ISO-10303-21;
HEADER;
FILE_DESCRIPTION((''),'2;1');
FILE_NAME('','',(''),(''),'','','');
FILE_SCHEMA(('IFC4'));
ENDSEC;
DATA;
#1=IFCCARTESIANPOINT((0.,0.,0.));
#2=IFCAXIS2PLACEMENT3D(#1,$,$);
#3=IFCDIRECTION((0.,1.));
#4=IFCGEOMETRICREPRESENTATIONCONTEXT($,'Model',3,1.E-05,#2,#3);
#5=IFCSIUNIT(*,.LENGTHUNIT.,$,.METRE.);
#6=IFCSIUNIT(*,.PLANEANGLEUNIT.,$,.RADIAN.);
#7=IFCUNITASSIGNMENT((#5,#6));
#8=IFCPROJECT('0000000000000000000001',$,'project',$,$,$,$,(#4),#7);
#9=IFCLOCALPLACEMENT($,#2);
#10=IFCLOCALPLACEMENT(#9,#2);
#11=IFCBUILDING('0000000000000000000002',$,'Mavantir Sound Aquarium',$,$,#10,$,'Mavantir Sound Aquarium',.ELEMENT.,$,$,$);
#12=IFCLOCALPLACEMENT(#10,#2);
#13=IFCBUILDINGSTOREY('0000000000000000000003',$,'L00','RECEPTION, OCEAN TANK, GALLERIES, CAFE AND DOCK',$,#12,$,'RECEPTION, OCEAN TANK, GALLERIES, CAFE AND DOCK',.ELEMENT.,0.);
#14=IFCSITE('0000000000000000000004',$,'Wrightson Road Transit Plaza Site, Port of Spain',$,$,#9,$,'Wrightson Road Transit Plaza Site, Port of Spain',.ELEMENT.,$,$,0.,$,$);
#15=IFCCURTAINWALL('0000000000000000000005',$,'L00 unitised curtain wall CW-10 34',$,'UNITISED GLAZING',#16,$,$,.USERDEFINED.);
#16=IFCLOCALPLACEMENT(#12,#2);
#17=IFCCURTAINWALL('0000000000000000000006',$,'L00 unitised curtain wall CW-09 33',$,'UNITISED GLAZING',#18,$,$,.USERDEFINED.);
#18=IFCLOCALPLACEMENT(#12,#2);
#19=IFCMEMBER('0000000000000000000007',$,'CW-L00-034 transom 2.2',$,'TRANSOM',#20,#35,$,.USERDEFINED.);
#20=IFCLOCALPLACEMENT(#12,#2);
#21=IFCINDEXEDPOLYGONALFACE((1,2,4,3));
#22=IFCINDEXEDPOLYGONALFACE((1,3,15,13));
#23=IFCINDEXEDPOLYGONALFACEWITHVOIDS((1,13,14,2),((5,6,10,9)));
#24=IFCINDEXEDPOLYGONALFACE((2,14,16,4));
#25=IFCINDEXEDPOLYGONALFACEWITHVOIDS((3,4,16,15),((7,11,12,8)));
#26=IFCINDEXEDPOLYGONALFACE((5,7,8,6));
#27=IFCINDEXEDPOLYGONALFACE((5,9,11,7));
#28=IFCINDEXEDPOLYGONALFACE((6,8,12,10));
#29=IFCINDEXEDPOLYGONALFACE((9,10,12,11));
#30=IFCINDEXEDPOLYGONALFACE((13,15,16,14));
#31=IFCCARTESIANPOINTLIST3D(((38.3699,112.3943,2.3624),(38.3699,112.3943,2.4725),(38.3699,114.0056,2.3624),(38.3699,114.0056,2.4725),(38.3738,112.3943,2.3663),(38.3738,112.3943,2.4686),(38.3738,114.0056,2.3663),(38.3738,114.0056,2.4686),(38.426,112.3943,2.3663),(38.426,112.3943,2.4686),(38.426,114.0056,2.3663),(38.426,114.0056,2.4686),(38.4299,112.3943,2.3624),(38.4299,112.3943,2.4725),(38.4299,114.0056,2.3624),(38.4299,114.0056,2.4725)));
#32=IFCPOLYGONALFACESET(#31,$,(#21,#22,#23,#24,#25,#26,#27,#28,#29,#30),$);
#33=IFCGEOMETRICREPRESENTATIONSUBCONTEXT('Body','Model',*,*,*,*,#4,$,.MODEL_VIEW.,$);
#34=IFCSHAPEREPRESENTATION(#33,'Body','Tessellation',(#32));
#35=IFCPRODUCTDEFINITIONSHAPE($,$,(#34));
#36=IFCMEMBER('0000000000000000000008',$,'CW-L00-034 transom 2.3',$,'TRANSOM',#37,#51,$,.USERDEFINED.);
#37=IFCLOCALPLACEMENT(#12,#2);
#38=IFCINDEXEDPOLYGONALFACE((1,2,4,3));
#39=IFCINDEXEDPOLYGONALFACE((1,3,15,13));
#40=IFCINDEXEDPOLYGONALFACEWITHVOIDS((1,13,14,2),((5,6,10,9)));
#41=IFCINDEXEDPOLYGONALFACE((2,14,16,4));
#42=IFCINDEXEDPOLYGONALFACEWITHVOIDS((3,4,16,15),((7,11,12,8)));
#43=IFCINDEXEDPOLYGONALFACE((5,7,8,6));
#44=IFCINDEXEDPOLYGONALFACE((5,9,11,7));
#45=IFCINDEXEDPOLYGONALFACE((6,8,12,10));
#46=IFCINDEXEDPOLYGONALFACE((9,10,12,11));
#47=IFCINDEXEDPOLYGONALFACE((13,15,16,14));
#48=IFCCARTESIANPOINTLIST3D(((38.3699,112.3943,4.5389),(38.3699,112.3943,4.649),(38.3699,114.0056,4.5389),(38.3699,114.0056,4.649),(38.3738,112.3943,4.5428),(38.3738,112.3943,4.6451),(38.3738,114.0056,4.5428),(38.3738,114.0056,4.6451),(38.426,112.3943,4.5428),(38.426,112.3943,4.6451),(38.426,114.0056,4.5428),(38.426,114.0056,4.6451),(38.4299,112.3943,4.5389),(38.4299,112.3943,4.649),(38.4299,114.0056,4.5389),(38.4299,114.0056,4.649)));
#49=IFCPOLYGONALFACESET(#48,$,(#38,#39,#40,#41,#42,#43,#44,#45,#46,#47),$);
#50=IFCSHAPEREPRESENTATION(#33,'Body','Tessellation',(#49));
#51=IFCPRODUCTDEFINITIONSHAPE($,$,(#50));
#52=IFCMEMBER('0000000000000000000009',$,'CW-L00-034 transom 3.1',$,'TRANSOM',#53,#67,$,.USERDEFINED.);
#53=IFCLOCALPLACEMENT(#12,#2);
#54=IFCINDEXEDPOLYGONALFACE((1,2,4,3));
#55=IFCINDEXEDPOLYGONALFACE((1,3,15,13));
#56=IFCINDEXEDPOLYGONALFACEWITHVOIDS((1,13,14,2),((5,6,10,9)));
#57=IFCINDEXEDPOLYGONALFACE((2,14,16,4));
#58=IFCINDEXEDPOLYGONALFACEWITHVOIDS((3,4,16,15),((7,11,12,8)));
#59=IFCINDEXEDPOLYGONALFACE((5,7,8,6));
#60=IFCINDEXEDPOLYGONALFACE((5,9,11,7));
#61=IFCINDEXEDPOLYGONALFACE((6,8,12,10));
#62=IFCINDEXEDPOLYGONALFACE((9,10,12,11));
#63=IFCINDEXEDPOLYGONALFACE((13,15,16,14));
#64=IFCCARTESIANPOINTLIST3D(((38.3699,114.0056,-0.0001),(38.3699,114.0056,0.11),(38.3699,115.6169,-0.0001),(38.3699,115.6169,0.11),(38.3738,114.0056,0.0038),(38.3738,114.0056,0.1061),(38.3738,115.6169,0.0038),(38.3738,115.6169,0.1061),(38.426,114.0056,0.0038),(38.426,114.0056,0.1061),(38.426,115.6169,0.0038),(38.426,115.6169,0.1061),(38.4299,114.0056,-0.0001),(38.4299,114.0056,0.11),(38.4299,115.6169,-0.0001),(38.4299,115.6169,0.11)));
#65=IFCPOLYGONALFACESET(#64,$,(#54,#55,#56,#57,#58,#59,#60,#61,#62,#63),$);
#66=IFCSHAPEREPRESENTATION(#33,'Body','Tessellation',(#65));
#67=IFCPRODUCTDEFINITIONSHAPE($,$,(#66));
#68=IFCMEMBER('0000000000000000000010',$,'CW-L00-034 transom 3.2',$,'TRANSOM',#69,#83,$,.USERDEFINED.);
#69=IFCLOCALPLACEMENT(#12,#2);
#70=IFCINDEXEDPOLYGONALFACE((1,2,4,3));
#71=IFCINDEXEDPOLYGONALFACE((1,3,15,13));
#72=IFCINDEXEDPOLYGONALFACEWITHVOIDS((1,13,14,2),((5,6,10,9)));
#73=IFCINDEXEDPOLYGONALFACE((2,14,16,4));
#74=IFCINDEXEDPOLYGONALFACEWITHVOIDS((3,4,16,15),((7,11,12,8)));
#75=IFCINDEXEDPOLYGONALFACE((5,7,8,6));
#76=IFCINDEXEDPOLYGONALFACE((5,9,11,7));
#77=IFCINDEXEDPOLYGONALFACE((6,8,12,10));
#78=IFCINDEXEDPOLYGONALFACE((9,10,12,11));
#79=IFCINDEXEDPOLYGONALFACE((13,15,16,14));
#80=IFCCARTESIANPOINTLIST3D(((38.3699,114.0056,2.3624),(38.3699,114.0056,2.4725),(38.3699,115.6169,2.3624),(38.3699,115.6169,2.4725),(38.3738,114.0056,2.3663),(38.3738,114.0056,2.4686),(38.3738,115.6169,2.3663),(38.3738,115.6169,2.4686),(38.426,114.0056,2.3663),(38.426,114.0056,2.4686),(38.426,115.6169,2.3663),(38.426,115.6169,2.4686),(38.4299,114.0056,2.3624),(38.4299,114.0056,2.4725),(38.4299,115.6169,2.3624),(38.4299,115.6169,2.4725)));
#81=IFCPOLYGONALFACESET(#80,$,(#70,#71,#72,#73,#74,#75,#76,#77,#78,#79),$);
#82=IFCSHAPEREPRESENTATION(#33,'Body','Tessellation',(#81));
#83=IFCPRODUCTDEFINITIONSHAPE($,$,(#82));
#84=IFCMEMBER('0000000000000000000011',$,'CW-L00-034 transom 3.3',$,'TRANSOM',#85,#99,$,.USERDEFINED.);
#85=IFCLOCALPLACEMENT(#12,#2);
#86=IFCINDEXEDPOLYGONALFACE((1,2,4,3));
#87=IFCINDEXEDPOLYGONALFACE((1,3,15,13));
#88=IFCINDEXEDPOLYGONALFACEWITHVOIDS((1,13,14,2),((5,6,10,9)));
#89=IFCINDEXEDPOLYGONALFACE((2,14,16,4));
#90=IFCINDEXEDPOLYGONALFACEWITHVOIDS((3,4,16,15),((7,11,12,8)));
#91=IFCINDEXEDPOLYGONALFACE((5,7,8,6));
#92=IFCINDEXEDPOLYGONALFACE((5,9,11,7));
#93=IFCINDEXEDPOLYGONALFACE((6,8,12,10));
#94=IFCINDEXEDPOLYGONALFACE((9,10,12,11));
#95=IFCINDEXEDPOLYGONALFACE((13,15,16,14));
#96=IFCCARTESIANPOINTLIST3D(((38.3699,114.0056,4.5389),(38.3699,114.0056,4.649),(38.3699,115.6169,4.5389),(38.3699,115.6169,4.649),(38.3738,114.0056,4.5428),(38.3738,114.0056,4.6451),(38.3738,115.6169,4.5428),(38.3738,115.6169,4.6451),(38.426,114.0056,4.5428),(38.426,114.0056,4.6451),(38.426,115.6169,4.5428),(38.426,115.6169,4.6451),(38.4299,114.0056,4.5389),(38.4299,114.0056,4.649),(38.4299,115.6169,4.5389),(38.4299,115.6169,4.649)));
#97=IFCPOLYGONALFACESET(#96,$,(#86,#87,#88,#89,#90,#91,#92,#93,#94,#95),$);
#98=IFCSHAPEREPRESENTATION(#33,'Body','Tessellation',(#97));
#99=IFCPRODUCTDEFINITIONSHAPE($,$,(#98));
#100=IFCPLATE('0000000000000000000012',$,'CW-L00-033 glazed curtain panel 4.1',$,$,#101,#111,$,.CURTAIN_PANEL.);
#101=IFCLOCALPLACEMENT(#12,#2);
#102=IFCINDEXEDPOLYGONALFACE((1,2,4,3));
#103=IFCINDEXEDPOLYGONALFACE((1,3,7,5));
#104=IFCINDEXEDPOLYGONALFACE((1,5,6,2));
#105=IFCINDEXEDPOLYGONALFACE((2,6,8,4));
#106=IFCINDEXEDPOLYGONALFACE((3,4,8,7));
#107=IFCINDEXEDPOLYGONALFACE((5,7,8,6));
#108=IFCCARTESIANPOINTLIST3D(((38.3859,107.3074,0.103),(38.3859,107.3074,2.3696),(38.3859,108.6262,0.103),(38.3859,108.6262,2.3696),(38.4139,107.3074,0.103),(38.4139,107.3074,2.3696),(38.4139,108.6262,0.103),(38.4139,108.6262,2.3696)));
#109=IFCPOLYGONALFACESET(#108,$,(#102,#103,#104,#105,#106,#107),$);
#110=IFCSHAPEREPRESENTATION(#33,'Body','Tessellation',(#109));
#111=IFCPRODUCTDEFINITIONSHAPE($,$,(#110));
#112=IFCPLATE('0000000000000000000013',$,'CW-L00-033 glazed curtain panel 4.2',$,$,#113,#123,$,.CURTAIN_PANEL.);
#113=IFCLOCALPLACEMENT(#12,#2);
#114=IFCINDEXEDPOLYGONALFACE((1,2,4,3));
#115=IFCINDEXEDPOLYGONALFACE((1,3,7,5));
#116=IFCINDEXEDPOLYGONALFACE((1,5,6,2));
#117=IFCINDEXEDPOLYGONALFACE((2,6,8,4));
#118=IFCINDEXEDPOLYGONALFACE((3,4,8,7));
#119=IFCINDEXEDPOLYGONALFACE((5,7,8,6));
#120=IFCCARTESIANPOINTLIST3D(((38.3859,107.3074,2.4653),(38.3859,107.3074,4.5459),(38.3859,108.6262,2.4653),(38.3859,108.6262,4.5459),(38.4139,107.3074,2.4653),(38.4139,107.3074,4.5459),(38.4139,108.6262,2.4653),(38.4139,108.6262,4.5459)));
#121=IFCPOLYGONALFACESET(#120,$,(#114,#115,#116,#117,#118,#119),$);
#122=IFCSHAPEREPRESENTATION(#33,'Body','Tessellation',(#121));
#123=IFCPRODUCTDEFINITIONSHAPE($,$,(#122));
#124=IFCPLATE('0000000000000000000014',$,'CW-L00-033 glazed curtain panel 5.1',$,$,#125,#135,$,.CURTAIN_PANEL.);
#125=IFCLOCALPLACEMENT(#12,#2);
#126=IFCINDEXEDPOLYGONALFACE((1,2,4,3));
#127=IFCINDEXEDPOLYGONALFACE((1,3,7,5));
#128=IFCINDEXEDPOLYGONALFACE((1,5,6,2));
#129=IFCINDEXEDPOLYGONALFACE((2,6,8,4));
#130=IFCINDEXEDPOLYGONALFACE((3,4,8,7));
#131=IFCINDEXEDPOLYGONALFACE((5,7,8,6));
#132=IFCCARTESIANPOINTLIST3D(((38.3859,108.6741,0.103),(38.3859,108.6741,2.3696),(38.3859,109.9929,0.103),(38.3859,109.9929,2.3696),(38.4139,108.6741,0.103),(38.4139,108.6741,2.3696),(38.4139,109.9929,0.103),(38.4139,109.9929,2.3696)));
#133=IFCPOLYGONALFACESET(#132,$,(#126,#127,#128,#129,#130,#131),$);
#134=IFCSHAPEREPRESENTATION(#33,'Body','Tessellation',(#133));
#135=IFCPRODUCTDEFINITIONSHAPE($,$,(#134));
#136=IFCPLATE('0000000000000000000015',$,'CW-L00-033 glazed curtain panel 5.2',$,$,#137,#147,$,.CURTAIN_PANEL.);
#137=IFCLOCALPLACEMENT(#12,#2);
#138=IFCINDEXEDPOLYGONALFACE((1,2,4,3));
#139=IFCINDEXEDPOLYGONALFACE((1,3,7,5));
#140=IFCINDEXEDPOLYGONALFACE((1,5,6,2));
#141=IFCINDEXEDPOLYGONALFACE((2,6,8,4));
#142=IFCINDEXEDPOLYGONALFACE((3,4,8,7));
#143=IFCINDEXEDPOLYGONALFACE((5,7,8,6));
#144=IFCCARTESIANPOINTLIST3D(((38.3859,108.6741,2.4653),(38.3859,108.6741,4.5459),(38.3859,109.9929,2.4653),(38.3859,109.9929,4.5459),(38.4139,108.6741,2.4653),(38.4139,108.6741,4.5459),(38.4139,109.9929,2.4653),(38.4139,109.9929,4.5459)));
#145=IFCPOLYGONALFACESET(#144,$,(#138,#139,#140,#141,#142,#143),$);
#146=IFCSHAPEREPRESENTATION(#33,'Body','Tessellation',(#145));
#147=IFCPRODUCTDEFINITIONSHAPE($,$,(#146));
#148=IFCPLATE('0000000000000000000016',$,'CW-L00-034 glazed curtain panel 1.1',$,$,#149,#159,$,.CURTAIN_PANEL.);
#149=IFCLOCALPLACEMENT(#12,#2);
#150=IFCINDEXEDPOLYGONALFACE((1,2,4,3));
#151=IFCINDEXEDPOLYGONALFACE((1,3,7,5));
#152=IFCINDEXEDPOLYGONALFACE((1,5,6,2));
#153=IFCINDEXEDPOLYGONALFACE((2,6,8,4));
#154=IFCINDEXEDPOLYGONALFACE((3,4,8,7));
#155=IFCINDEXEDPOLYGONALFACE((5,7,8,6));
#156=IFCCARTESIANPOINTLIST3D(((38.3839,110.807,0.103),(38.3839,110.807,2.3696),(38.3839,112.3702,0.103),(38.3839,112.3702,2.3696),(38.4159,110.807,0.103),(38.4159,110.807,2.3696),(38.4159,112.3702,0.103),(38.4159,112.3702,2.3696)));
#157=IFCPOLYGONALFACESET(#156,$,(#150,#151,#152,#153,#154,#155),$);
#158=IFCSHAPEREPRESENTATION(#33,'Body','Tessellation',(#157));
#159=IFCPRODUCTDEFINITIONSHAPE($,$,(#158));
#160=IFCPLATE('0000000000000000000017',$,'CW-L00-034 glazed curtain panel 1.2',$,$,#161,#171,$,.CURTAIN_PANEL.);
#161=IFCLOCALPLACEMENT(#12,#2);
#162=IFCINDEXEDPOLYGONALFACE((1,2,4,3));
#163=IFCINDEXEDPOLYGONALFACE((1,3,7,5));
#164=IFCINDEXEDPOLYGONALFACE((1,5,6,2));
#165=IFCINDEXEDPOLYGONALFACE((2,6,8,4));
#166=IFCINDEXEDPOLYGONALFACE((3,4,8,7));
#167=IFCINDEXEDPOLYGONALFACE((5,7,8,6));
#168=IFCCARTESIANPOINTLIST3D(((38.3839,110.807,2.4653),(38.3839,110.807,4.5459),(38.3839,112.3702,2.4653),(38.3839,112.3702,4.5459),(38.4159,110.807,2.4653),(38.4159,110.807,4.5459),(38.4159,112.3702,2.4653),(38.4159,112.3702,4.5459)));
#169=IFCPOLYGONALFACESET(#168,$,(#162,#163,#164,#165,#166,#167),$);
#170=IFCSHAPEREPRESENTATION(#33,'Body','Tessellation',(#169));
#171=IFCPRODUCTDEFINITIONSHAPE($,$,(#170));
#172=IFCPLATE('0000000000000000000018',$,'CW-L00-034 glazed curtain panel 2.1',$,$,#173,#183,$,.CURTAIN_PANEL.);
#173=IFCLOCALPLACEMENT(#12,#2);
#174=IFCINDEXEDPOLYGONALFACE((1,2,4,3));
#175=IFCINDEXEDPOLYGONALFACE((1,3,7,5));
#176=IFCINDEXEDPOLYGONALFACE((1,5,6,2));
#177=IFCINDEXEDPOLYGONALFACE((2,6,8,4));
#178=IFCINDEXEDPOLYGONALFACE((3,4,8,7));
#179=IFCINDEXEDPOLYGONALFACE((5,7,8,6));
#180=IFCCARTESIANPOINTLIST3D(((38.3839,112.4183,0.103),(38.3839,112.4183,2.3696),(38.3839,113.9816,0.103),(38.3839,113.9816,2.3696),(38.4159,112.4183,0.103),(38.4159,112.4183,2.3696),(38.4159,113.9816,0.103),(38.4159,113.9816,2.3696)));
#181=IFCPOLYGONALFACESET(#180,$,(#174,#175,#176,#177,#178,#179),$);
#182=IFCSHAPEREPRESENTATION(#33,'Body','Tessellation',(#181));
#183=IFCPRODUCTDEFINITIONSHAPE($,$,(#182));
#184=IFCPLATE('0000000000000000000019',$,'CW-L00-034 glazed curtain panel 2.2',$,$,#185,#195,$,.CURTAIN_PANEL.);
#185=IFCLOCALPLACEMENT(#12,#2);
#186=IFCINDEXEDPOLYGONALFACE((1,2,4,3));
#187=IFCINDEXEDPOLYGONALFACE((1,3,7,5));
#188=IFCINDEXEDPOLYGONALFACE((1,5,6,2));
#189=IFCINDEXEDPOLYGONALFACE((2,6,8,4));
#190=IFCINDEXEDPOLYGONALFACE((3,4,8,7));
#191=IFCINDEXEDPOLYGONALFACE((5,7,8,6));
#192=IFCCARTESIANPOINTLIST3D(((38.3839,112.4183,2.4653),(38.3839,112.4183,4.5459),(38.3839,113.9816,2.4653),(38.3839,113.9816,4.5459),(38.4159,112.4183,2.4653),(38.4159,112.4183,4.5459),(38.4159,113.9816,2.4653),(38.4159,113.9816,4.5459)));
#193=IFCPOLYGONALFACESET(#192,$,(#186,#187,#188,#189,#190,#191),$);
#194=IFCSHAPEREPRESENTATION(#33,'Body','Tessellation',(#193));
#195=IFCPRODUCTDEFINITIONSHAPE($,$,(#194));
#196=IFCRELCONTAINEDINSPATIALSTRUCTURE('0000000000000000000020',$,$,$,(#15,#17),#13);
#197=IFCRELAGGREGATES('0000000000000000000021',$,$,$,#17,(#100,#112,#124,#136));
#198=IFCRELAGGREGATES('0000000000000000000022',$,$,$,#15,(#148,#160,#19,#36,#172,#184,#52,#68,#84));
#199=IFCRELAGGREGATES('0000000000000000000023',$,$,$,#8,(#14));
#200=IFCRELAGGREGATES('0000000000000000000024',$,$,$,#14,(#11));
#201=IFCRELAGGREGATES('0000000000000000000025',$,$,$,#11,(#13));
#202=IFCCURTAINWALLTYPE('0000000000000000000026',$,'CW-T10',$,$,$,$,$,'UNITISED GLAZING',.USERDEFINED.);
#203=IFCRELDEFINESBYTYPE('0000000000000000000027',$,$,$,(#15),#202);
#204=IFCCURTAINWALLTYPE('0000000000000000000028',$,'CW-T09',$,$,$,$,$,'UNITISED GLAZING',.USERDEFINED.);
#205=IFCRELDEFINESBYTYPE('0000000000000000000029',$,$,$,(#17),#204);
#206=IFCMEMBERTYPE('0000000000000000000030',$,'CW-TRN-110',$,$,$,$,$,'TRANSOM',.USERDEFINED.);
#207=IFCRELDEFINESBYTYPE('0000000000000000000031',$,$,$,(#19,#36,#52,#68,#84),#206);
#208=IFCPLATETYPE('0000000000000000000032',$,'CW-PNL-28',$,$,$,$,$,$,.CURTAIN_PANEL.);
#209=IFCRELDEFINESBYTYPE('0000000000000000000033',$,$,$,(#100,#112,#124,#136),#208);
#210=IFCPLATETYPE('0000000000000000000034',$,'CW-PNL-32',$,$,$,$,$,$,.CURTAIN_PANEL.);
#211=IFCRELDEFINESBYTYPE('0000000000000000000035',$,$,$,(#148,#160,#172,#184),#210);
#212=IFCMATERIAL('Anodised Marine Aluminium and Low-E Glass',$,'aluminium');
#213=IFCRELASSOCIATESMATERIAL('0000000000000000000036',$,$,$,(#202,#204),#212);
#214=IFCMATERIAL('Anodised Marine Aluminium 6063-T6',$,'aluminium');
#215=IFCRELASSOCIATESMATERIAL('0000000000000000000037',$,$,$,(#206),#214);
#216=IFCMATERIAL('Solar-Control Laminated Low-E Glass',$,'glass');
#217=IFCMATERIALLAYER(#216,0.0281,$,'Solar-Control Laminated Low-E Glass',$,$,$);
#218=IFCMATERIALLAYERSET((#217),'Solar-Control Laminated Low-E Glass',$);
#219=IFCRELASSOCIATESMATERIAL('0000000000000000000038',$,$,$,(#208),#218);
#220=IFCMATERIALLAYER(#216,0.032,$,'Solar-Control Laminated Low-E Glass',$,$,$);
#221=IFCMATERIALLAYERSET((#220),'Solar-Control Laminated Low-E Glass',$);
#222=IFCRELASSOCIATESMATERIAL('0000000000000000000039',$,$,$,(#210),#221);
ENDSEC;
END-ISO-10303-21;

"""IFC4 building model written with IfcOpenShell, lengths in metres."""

from ifc_helpers import new_model, si_unit, direction, frame, origin, origin_2d, place, context, subcontext, project, spatial, rectangle, hollow_rectangle, extrude, material, layer, layer_set, material_profile, profile_set, type_object, element, aggregate, save


model = new_model("IFC4")

# Units and contexts
model_context = context("Model", 3, precision=1e-05, world=origin(), true_north=direction((0.0, 1.0)))
body_context = subcontext(model_context, "Body", "Model", "MODEL_VIEW")
ifc_project = project(units=[si_unit("LENGTHUNIT", "METRE"), si_unit("PLANEANGLEUNIT", "RADIAN")], contexts=[model_context])

# Site, building, storey
site_placement = place(None, origin())
site = spatial("IfcSite", under=ifc_project, at=site_placement, Name="Wrightson Road Transit Plaza Site, Port of Spain", LongName="Wrightson Road Transit Plaza Site, Port of Spain", CompositionType="ELEMENT", RefElevation=0.0)
building_placement = place(site_placement, origin())
building = spatial("IfcBuilding", under=site, at=building_placement, Name="Mavantir Sound Aquarium", LongName="Mavantir Sound Aquarium", CompositionType="ELEMENT")
storey_placement = place(building_placement, origin())
storey = spatial("IfcBuildingStorey", under=building, at=storey_placement, Name="L00", Description="RECEPTION, OCEAN TANK, GALLERIES, CAFE AND DOCK", LongName="RECEPTION, OCEAN TANK, GALLERIES, CAFE AND DOCK", CompositionType="ELEMENT", Elevation=0.0)

# Curtain walls
ifc_material_1 = material(Name="Anodised Marine Aluminium and Low-E Glass", Category="aluminium")
curtain_wall_type_1 = type_object("IfcCurtainWallType", Name="CW-T10", ElementType="UNITISED GLAZING", PredefinedType="USERDEFINED", material=ifc_material_1)
curtain_wall_1_placement = place(storey_placement, origin())
curtain_wall_1 = element("IfcCurtainWall", 1, at=curtain_wall_1_placement, inside=storey, type_object=curtain_wall_type_1, Name="L00 unitised curtain wall CW-10 34", ObjectType="UNITISED GLAZING", PredefinedType="USERDEFINED")
ifc_material_2 = material(Name="Anodised Marine Aluminium 6063-T6", Category="aluminium")
curtain_wall_type_2 = type_object("IfcCurtainWallType", Name="CW-T09", ElementType="UNITISED GLAZING", PredefinedType="USERDEFINED", material=ifc_material_1)
curtain_wall_2_placement = place(storey_placement, origin())
curtain_wall_2 = element("IfcCurtainWall", 2, at=curtain_wall_2_placement, inside=storey, type_object=curtain_wall_type_2, Name="L00 unitised curtain wall CW-09 33", ObjectType="UNITISED GLAZING", PredefinedType="USERDEFINED")
ifc_material_profile_1 = material_profile(ifc_material_2, hollow_rectangle(XDim=0.0601, YDim=0.1101, WallThickness=0.0039, at=origin_2d()), Name="ALU-TRANSOM-110X60")
ifc_profile_set_1 = profile_set([ifc_material_profile_1], Name="Anodised Marine Aluminium 6063-T6")
member_type_1 = type_object("IfcMemberType", Name="CW-TRN-110", ElementType="TRANSOM", PredefinedType="USERDEFINED", material=ifc_profile_set_1)

# Members
member_1_placement = place(storey_placement, frame((38.3999, 112.3943, 2.4175), z_axis=(0.0, 1.0, 0.0), x_axis=(-1.0, 0.0, 0.0)))
member_1 = element("IfcMember", 3, at=member_1_placement, type_object=member_type_1, Name="CW-L00-034 transom 2.2", ObjectType="TRANSOM", PredefinedType="USERDEFINED", context=body_context, shape_type="SweptSolid", body=[
    extrude(hollow_rectangle(XDim=0.0601, YDim=0.1101, WallThickness=0.0039, at=origin_2d()), origin(), (0.0, 0.0, 1.0), 1.6113),
])
member_2_placement = place(storey_placement, frame((38.3999, 112.3943, 4.594), z_axis=(0.0, 1.0, 0.0), x_axis=(-1.0, 0.0, 0.0)))
member_2 = element("IfcMember", 4, at=member_2_placement, type_object=member_type_1, Name="CW-L00-034 transom 2.3", ObjectType="TRANSOM", PredefinedType="USERDEFINED", context=body_context, shape_type="SweptSolid", body=[
    extrude(hollow_rectangle(XDim=0.0601, YDim=0.1101, WallThickness=0.0039, at=origin_2d()), origin(), (0.0, 0.0, 1.0), 1.6113),
])
member_3_placement = place(storey_placement, frame((38.3999, 114.0056, 0.0549), z_axis=(0.0, 1.0, 0.0), x_axis=(-1.0, 0.0, 0.0)))
member_3 = element("IfcMember", 5, at=member_3_placement, type_object=member_type_1, Name="CW-L00-034 transom 3.1", ObjectType="TRANSOM", PredefinedType="USERDEFINED", context=body_context, shape_type="SweptSolid", body=[
    extrude(hollow_rectangle(XDim=0.0601, YDim=0.1101, WallThickness=0.0039, at=origin_2d()), origin(), (0.0, 0.0, 1.0), 1.6113),
])
member_4_placement = place(storey_placement, frame((38.3999, 114.0056, 2.4175), z_axis=(0.0, 1.0, 0.0), x_axis=(-1.0, 0.0, 0.0)))
member_4 = element("IfcMember", 6, at=member_4_placement, type_object=member_type_1, Name="CW-L00-034 transom 3.2", ObjectType="TRANSOM", PredefinedType="USERDEFINED", context=body_context, shape_type="SweptSolid", body=[
    extrude(hollow_rectangle(XDim=0.0601, YDim=0.1101, WallThickness=0.0039, at=origin_2d()), origin(), (0.0, 0.0, 1.0), 1.6113),
])
member_5_placement = place(storey_placement, frame((38.3999, 114.0056, 4.594), z_axis=(0.0, 1.0, 0.0), x_axis=(-1.0, 0.0, 0.0)))
member_5 = element("IfcMember", 7, at=member_5_placement, type_object=member_type_1, Name="CW-L00-034 transom 3.3", ObjectType="TRANSOM", PredefinedType="USERDEFINED", context=body_context, shape_type="SweptSolid", body=[
    extrude(hollow_rectangle(XDim=0.0601, YDim=0.1101, WallThickness=0.0039, at=origin_2d()), origin(), (0.0, 0.0, 1.0), 1.6113),
])

# Plates
ifc_material_3 = material(Name="Solar-Control Laminated Low-E Glass", Category="glass")
ifc_layer_1 = layer(ifc_material_3, 0.0281, Name="Solar-Control Laminated Low-E Glass")
ifc_layer_set_1 = layer_set([ifc_layer_1], Name="Solar-Control Laminated Low-E Glass")
plate_type_1 = type_object("IfcPlateType", Name="CW-PNL-28", PredefinedType="CURTAIN_PANEL", material=ifc_layer_set_1)
plate_1_placement = place(storey_placement, frame((38.3999, 107.9668, 0.103), z_axis=(0.0, 0.0, 1.0), x_axis=(0.0, 1.0, 0.0)))
plate_1 = element("IfcPlate", 8, at=plate_1_placement, type_object=plate_type_1, Name="CW-L00-033 glazed curtain panel 4.1", PredefinedType="CURTAIN_PANEL", context=body_context, shape_type="SweptSolid", body=[
    extrude(rectangle(XDim=1.3188, YDim=0.0281, at=origin_2d()), origin(), (0.0, 0.0, 1.0), 2.2666),
])
plate_2_placement = place(storey_placement, frame((38.3999, 107.9668, 2.4653), z_axis=(0.0, 0.0, 1.0), x_axis=(0.0, 1.0, 0.0)))
plate_2 = element("IfcPlate", 9, at=plate_2_placement, type_object=plate_type_1, Name="CW-L00-033 glazed curtain panel 4.2", PredefinedType="CURTAIN_PANEL", context=body_context, shape_type="SweptSolid", body=[
    extrude(rectangle(XDim=1.3188, YDim=0.0281, at=origin_2d()), origin(), (0.0, 0.0, 1.0), 2.0806),
])
plate_3_placement = place(storey_placement, frame((38.3999, 109.3335, 0.103), z_axis=(0.0, 0.0, 1.0), x_axis=(0.0, 1.0, 0.0)))
plate_3 = element("IfcPlate", 10, at=plate_3_placement, type_object=plate_type_1, Name="CW-L00-033 glazed curtain panel 5.1", PredefinedType="CURTAIN_PANEL", context=body_context, shape_type="SweptSolid", body=[
    extrude(rectangle(XDim=1.3188, YDim=0.0281, at=origin_2d()), origin(), (0.0, 0.0, 1.0), 2.2666),
])
plate_4_placement = place(storey_placement, frame((38.3999, 109.3335, 2.4653), z_axis=(0.0, 0.0, 1.0), x_axis=(0.0, 1.0, 0.0)))
plate_4 = element("IfcPlate", 11, at=plate_4_placement, type_object=plate_type_1, Name="CW-L00-033 glazed curtain panel 5.2", PredefinedType="CURTAIN_PANEL", context=body_context, shape_type="SweptSolid", body=[
    extrude(rectangle(XDim=1.3188, YDim=0.0281, at=origin_2d()), origin(), (0.0, 0.0, 1.0), 2.0806),
])
aggregate(curtain_wall_2, [plate_1, plate_2, plate_3, plate_4])
ifc_layer_2 = layer(ifc_material_3, 0.032, Name="Solar-Control Laminated Low-E Glass")
ifc_layer_set_2 = layer_set([ifc_layer_2], Name="Solar-Control Laminated Low-E Glass")
plate_type_2 = type_object("IfcPlateType", Name="CW-PNL-32", PredefinedType="CURTAIN_PANEL", material=ifc_layer_set_2)
plate_5_placement = place(storey_placement, frame((38.3999, 111.5886, 0.103), z_axis=(0.0, 0.0, 1.0), x_axis=(0.0, 1.0, 0.0)))
plate_5 = element("IfcPlate", 12, at=plate_5_placement, type_object=plate_type_2, Name="CW-L00-034 glazed curtain panel 1.1", PredefinedType="CURTAIN_PANEL", context=body_context, shape_type="SweptSolid", body=[
    extrude(rectangle(XDim=1.5632, YDim=0.032, at=origin_2d()), origin(), (0.0, 0.0, 1.0), 2.2666),
])
plate_6_placement = place(storey_placement, frame((38.3999, 111.5886, 2.4653), z_axis=(0.0, 0.0, 1.0), x_axis=(0.0, 1.0, 0.0)))
plate_6 = element("IfcPlate", 13, at=plate_6_placement, type_object=plate_type_2, Name="CW-L00-034 glazed curtain panel 1.2", PredefinedType="CURTAIN_PANEL", context=body_context, shape_type="SweptSolid", body=[
    extrude(rectangle(XDim=1.5632, YDim=0.032, at=origin_2d()), origin(), (0.0, 0.0, 1.0), 2.0806),
])
plate_7_placement = place(storey_placement, frame((38.3999, 113.2, 0.103), z_axis=(0.0, 0.0, 1.0), x_axis=(0.0, 1.0, 0.0)))
plate_7 = element("IfcPlate", 14, at=plate_7_placement, type_object=plate_type_2, Name="CW-L00-034 glazed curtain panel 2.1", PredefinedType="CURTAIN_PANEL", context=body_context, shape_type="SweptSolid", body=[
    extrude(rectangle(XDim=1.5632, YDim=0.032, at=origin_2d()), origin(), (0.0, 0.0, 1.0), 2.2666),
])
plate_8_placement = place(storey_placement, frame((38.3999, 113.2, 2.4653), z_axis=(0.0, 0.0, 1.0), x_axis=(0.0, 1.0, 0.0)))
plate_8 = element("IfcPlate", 15, at=plate_8_placement, type_object=plate_type_2, Name="CW-L00-034 glazed curtain panel 2.2", PredefinedType="CURTAIN_PANEL", context=body_context, shape_type="SweptSolid", body=[
    extrude(rectangle(XDim=1.5632, YDim=0.032, at=origin_2d()), origin(), (0.0, 0.0, 1.0), 2.0806),
])
aggregate(curtain_wall_1, [plate_5, plate_6, member_1, member_2, plate_7, plate_8, member_3, member_4, member_5])

save(model, "model.ifc")
